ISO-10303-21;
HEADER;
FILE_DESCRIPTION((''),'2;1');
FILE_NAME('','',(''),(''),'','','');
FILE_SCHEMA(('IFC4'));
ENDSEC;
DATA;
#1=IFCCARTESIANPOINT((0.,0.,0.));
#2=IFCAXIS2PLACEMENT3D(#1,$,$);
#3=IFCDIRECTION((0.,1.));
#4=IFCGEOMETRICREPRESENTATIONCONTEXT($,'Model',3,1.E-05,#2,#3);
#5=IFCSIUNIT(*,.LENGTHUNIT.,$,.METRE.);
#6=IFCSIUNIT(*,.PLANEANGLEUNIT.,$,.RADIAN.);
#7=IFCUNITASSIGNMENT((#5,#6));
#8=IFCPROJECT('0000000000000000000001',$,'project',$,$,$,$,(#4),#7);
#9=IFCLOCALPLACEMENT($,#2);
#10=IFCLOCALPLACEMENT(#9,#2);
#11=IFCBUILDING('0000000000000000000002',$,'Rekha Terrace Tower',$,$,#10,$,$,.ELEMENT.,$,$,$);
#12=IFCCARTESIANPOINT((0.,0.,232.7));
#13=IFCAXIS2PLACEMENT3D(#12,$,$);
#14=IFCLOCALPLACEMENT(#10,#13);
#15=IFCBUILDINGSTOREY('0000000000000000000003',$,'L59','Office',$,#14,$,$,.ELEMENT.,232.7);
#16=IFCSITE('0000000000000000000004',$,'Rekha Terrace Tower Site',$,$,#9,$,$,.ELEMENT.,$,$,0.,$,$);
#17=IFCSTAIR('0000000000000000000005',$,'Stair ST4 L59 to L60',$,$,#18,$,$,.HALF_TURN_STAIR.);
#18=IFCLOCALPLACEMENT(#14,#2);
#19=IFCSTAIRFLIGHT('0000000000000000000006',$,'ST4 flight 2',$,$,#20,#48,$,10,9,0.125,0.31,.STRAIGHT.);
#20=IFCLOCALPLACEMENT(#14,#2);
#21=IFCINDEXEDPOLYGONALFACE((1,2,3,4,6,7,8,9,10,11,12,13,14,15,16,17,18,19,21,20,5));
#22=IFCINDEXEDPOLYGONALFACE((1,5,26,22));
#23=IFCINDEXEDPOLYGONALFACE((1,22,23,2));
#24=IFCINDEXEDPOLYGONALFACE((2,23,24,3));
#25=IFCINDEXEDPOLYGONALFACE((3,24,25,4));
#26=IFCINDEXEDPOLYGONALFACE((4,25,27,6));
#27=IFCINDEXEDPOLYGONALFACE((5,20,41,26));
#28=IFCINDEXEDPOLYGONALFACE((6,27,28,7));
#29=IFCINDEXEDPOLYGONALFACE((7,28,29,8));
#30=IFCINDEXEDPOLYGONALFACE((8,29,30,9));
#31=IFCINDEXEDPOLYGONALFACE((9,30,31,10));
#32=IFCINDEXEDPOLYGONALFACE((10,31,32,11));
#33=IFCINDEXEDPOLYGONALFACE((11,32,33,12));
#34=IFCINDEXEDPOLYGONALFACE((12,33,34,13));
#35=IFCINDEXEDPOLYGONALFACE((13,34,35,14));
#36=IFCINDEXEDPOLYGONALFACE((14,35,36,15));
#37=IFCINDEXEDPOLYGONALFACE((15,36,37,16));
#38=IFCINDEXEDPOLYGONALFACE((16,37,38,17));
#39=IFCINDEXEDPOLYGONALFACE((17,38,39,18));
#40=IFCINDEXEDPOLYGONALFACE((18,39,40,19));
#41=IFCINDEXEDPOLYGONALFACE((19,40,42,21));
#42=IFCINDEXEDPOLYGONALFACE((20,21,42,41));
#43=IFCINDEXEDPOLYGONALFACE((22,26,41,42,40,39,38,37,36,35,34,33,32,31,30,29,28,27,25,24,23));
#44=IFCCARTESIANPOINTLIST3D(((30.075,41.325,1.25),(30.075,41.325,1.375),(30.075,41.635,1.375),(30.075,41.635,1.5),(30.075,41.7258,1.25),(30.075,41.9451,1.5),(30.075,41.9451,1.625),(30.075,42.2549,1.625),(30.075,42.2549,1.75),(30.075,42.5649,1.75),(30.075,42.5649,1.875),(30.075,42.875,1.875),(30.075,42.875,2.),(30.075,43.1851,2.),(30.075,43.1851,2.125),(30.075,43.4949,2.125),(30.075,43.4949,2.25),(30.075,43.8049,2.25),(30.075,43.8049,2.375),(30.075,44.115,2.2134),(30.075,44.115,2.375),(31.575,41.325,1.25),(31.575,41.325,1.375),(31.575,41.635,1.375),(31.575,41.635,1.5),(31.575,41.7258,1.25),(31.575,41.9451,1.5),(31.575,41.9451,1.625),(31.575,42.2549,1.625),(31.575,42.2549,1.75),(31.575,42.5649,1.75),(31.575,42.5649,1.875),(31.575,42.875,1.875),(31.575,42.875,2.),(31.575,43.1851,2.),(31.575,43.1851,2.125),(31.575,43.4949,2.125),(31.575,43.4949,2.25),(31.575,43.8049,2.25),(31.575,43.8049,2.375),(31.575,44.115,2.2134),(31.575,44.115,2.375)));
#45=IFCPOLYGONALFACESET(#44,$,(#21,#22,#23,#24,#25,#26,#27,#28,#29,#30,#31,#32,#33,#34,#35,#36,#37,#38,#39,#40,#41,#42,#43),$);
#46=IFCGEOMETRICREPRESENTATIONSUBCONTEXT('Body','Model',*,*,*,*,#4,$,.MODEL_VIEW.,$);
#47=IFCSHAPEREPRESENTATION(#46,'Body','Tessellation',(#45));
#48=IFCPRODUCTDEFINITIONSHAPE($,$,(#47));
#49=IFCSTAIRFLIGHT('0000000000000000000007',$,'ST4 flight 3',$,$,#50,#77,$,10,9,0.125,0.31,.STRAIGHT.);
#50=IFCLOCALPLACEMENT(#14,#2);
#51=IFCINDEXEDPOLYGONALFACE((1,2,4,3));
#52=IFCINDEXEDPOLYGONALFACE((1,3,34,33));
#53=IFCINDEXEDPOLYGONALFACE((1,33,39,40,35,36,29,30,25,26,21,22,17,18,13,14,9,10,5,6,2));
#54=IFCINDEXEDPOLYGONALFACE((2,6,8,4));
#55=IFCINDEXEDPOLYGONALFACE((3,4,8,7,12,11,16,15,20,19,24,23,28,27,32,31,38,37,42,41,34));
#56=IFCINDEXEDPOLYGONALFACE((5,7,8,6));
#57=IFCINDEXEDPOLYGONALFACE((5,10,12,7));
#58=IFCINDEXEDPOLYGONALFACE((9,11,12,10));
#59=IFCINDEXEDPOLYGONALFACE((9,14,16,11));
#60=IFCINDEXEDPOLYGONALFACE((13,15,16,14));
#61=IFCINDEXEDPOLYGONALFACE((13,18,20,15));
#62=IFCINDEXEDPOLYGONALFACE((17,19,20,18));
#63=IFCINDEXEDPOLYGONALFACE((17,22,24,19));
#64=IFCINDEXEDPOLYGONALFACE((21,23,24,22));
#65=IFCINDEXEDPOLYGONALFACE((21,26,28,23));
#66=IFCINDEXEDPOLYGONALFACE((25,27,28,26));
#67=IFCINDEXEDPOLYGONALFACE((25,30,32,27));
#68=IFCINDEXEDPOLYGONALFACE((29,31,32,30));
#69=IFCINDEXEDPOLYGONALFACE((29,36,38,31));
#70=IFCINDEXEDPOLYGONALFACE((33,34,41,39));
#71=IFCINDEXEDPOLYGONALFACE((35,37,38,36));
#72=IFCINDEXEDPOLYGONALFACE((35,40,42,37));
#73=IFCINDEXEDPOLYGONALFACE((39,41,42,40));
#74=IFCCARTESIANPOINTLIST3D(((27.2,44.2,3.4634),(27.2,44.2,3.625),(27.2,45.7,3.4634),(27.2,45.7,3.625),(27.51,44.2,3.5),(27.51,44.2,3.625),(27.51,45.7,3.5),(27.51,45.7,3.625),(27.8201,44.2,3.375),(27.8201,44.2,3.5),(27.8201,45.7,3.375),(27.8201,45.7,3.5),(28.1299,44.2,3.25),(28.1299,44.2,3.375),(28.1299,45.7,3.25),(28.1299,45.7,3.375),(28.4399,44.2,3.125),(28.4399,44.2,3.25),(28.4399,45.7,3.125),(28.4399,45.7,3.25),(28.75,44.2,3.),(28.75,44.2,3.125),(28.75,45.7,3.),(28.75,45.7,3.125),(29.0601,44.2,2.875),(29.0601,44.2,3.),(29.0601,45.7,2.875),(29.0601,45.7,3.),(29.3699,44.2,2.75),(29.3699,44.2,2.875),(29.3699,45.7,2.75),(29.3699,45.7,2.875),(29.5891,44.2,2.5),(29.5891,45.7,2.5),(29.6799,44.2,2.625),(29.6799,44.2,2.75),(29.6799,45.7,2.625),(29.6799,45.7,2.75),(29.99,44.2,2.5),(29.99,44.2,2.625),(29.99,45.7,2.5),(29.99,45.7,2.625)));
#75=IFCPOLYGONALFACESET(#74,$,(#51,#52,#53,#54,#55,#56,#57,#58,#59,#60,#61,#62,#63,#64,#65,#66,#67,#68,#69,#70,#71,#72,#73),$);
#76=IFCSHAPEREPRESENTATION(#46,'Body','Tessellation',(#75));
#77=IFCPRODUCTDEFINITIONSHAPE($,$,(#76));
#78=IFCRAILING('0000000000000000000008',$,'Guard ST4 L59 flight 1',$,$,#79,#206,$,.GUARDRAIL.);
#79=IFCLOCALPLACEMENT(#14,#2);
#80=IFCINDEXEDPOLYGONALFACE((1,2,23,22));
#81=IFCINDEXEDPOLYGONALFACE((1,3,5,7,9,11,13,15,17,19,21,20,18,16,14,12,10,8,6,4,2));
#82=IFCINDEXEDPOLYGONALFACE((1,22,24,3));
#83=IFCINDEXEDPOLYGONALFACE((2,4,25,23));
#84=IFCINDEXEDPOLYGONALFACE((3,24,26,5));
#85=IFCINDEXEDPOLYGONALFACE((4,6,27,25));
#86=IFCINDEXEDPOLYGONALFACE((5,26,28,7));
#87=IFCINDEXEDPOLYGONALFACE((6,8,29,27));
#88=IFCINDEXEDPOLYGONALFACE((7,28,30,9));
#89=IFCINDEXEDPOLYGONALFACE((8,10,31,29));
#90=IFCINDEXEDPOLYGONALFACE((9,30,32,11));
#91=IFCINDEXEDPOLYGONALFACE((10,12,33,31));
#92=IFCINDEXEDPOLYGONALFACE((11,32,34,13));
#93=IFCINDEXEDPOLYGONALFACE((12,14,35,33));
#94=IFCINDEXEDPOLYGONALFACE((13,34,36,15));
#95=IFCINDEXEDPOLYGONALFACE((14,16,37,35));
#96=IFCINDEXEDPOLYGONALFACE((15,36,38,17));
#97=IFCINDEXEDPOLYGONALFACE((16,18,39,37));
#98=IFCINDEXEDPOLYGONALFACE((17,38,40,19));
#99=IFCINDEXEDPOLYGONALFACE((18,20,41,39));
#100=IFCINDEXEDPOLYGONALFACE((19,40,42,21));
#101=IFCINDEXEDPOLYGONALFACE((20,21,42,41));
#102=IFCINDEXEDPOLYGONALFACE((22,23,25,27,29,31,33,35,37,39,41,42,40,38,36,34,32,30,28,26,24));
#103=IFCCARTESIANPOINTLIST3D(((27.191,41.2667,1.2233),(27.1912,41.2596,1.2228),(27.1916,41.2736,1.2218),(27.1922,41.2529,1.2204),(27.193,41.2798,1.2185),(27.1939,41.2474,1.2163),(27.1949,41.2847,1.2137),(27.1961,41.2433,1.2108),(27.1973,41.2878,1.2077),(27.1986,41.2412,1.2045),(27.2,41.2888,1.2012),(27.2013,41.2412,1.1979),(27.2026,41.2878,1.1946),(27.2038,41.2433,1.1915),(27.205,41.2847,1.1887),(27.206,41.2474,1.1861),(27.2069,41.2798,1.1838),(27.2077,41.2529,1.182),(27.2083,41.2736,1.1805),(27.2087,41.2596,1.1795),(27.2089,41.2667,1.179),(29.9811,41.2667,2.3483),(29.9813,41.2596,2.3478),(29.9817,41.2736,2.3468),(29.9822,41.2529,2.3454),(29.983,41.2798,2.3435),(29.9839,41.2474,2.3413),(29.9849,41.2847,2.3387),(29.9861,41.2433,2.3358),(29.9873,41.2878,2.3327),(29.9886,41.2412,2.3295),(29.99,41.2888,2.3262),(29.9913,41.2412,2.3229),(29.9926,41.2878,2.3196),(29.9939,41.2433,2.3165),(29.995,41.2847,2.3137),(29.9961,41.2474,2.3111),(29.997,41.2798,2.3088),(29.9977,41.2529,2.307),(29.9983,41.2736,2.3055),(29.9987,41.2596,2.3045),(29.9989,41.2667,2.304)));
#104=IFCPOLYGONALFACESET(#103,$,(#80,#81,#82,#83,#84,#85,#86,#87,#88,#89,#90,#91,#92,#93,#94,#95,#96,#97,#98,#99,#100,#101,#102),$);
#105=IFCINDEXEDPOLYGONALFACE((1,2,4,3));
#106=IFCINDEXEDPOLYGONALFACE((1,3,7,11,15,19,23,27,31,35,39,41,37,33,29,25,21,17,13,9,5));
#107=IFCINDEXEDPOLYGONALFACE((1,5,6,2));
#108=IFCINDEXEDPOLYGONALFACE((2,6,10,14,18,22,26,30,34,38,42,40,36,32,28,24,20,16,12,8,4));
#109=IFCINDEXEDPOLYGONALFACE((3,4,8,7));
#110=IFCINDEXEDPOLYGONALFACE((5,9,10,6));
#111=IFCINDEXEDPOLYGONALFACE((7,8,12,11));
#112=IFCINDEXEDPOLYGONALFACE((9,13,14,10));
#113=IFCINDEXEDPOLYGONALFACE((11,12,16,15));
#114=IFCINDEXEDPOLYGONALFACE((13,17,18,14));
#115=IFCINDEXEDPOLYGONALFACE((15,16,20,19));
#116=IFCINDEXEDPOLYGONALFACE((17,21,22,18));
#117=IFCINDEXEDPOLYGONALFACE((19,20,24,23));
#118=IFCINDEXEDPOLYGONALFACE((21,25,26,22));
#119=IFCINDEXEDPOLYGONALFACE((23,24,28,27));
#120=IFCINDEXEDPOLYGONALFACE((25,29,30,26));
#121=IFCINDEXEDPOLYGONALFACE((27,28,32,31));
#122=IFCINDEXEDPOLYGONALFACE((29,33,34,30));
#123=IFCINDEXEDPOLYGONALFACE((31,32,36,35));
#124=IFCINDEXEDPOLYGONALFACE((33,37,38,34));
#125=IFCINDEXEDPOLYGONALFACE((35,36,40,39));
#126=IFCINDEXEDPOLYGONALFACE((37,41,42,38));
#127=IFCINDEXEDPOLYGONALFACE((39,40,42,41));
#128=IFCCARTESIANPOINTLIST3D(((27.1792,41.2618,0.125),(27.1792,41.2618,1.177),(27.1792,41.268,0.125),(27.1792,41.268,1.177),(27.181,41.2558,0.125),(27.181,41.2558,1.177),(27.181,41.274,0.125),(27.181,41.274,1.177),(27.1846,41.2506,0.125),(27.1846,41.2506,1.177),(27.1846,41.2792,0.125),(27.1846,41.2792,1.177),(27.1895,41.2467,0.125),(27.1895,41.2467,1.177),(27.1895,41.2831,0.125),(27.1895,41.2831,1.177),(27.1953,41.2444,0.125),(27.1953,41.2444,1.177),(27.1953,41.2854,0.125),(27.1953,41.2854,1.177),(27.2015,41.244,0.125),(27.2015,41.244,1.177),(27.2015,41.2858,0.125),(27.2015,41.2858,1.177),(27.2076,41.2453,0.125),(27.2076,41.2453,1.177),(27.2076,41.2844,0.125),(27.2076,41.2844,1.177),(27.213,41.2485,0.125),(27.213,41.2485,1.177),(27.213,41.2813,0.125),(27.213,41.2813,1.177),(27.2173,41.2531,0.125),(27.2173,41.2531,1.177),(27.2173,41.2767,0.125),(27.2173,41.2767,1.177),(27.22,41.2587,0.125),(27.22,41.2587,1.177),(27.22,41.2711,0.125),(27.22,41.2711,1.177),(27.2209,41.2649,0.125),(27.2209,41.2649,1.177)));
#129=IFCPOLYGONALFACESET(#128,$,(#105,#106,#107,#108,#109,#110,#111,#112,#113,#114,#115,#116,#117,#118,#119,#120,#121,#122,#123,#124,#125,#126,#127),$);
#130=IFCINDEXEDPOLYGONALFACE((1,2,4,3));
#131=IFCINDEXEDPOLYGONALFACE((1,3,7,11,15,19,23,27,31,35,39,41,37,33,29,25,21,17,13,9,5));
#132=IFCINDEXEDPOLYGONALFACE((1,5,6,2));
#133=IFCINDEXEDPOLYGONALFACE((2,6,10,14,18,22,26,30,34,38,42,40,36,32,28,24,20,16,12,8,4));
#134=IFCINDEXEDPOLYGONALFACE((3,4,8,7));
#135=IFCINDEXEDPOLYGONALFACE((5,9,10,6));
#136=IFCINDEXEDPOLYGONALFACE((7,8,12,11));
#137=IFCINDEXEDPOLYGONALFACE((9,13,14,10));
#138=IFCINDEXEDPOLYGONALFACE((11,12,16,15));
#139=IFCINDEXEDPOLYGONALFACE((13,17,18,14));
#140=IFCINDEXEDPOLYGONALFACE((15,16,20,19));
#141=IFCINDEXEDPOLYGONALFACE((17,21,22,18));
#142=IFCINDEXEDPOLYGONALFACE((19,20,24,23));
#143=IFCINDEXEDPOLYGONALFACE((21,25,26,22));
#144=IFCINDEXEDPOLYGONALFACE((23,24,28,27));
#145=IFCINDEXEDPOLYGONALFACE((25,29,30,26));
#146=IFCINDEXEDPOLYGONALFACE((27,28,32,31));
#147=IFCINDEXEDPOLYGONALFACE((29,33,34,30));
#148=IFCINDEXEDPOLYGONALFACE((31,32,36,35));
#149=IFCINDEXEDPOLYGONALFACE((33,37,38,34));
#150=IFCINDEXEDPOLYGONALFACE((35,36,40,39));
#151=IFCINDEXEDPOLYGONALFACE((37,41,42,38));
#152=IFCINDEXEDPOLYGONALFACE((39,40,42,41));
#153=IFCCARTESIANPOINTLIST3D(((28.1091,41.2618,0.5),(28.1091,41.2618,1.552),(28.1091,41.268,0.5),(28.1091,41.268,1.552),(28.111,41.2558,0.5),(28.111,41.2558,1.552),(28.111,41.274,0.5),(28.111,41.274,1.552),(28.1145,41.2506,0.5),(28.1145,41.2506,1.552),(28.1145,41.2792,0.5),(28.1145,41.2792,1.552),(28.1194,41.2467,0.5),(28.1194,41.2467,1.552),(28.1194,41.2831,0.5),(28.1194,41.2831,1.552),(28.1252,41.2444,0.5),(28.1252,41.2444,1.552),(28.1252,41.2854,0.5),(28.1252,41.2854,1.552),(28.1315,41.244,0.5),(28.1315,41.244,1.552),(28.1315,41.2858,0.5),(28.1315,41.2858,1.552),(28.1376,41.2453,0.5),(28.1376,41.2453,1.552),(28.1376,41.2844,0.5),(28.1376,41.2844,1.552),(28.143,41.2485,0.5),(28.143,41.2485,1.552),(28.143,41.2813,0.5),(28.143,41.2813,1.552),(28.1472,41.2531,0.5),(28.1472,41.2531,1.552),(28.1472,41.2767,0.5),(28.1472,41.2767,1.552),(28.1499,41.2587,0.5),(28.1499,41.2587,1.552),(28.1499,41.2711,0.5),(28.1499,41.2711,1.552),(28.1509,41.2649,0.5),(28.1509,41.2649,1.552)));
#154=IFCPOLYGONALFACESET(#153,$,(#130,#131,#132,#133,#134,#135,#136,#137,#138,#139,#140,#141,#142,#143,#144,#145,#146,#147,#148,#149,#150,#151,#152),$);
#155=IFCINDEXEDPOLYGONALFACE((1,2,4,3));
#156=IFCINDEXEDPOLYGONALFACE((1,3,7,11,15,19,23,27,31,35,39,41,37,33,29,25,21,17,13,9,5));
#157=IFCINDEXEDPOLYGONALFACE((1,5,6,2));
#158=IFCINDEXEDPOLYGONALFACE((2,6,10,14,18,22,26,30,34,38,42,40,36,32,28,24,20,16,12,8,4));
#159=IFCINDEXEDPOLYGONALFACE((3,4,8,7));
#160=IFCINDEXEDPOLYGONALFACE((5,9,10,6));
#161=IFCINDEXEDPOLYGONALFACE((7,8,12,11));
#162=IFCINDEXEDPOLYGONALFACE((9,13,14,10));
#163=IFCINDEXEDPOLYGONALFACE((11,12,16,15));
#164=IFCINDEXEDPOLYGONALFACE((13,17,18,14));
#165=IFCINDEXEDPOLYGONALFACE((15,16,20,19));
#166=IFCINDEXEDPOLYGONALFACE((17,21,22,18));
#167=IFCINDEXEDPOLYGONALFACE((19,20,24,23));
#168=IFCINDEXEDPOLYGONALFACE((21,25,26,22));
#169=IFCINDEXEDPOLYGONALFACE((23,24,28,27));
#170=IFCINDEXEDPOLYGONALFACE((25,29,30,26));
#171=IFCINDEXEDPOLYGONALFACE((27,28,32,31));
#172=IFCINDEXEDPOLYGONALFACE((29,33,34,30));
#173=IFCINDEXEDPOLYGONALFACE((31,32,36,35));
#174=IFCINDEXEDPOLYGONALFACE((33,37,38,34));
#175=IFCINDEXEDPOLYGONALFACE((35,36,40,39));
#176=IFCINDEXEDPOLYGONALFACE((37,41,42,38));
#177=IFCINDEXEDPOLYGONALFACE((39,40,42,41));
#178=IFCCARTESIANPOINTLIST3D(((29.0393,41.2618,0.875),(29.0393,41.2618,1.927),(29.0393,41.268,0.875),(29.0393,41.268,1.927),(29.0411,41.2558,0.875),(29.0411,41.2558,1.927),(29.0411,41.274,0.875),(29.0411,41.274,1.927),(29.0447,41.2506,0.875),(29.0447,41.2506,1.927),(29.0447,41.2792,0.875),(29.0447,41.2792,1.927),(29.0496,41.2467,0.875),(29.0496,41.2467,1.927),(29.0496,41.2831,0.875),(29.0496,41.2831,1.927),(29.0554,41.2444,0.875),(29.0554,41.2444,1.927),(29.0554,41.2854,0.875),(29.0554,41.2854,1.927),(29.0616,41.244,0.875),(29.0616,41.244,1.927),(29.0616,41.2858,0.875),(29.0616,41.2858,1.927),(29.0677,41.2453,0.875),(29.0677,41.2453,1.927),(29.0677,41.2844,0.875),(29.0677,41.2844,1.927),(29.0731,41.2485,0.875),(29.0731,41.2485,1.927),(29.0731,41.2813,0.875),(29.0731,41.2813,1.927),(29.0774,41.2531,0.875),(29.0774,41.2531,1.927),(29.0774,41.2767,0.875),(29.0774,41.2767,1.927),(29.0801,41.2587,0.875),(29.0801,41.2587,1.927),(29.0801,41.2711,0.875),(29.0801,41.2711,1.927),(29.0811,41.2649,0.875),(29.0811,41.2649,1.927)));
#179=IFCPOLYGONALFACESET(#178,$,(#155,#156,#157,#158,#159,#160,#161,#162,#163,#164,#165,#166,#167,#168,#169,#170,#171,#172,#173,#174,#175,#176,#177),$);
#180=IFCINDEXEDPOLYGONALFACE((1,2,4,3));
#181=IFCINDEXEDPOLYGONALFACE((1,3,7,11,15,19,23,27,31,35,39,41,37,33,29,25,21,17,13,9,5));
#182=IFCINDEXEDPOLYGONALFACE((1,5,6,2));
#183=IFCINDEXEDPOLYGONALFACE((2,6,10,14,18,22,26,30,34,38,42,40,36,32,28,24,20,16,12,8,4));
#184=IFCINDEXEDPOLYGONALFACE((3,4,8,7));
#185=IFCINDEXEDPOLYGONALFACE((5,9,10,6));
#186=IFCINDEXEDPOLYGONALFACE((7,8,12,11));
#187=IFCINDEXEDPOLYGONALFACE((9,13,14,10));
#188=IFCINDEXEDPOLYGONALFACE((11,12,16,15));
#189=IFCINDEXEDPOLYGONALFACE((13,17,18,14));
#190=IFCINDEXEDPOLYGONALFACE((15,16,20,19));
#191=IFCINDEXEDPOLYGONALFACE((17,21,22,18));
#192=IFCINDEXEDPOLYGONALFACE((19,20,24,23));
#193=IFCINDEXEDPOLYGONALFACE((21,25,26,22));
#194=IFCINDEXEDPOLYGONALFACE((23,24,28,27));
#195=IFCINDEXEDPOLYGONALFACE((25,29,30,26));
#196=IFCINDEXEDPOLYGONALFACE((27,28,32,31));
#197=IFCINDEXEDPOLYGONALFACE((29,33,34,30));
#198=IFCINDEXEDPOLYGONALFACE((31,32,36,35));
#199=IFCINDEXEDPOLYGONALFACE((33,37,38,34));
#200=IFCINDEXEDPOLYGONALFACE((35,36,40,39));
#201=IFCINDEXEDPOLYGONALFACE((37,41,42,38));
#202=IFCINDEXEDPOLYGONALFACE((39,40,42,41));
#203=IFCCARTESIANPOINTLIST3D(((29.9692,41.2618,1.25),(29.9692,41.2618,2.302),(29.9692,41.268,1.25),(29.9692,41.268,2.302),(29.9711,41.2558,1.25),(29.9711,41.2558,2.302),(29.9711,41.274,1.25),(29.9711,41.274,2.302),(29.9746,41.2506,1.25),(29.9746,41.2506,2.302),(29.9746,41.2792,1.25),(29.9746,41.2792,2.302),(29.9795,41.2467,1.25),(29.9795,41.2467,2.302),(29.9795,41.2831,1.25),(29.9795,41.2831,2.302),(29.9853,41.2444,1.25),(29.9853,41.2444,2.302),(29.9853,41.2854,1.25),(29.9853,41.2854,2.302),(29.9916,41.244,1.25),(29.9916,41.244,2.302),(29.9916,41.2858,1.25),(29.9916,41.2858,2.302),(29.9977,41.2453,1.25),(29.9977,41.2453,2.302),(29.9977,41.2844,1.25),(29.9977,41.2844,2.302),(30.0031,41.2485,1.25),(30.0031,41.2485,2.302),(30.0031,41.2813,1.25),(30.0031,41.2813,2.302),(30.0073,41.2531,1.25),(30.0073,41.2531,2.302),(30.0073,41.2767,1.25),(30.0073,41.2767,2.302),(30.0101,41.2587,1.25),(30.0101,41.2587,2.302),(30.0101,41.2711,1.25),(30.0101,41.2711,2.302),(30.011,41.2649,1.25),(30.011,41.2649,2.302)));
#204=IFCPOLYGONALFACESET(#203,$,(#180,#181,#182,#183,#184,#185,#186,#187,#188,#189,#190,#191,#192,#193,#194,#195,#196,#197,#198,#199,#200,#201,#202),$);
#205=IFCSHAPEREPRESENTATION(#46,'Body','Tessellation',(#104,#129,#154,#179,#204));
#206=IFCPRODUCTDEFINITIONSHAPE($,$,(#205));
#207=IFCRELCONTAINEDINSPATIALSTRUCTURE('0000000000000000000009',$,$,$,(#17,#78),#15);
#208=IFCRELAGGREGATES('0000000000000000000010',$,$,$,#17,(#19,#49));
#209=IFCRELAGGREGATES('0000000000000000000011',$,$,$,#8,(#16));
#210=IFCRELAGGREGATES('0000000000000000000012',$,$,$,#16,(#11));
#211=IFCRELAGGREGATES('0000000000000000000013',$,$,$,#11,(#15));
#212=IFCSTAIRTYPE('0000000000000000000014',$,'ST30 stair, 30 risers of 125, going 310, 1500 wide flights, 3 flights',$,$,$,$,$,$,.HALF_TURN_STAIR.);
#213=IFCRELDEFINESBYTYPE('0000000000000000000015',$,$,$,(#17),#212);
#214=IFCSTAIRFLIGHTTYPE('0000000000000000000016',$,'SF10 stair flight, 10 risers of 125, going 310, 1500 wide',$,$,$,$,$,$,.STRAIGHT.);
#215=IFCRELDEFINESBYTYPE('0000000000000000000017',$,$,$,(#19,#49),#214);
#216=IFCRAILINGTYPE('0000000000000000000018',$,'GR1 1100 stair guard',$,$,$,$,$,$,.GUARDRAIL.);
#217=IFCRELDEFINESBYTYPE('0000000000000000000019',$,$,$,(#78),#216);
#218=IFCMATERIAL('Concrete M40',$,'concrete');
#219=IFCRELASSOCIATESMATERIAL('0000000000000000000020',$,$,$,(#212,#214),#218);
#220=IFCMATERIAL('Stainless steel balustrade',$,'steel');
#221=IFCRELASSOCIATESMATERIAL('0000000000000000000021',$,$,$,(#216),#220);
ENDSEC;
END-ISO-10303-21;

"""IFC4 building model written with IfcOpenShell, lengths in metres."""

from ifc_helpers import new_model, si_unit, direction, frame, origin, origin_2d, place, context, subcontext, project, spatial, polyline, circle, outline, extrude, material, type_object, element, aggregate, save


model = new_model("IFC4")

# Units and contexts
model_context = context("Model", 3, precision=1e-05, world=origin(), true_north=direction((0.0, 1.0)))
body_context = subcontext(model_context, "Body", "Model", "MODEL_VIEW")
ifc_project = project(units=[si_unit("LENGTHUNIT", "METRE"), si_unit("PLANEANGLEUNIT", "RADIAN")], contexts=[model_context])

# Site, building, storey
site_placement = place(None, origin())
site = spatial("IfcSite", under=ifc_project, at=site_placement, Name="Rekha Terrace Tower Site", CompositionType="ELEMENT", RefElevation=0.0)
building_placement = place(site_placement, origin())
building = spatial("IfcBuilding", under=site, at=building_placement, Name="Rekha Terrace Tower", CompositionType="ELEMENT")
storey_placement = place(building_placement, frame((0.0, 0.0, 232.7)))
storey = spatial("IfcBuildingStorey", under=building, at=storey_placement, Name="L59", Description="Office", CompositionType="ELEMENT", Elevation=232.7)

# Stair, stair flights
ifc_material_1 = material(Name="Concrete M40", Category="concrete")
stair_type = type_object("IfcStairType", Name="ST30 stair, 30 risers of 125, going 310, 1500 wide flights, 3 flights", PredefinedType="HALF_TURN_STAIR", material=ifc_material_1)
stair_placement = place(storey_placement, origin())
stair = element("IfcStair", 1, at=stair_placement, inside=storey, type_object=stair_type, Name="Stair ST4 L59 to L60", PredefinedType="HALF_TURN_STAIR")
stair_flight_type = type_object("IfcStairFlightType", Name="SF10 stair flight, 10 risers of 125, going 310, 1500 wide", PredefinedType="STRAIGHT", material=ifc_material_1)
stair_flight_1_placement = place(storey_placement, frame((30.825, 41.325, 1.25), z_axis=(0.0, 0.0, 1.0), x_axis=(0.0, 1.0, 0.0)))
stair_flight_1 = element("IfcStairFlight", 2, at=stair_flight_1_placement, type_object=stair_flight_type, Name="ST4 flight 2", NumberOfRisers=10, NumberOfTreads=9, PredefinedType="STRAIGHT", RiserHeight=0.125, TreadLength=0.31, context=body_context, shape_type="SweptSolid", body=[
    extrude(outline(polyline([(0.0, 0.0), (0.0, 0.125), (0.3101, 0.125), (0.3101, 0.25), (0.6201, 0.25), (0.6201, 0.375), (0.9299, 0.375), (0.9299, 0.5), (1.24, 0.5), (1.24, 0.625), (1.55, 0.625), (1.55, 0.75), (1.8601, 0.75), (1.8601, 0.875), (2.1699, 0.875), (2.1699, 1.0), (2.48, 1.0), (2.48, 1.125), (2.79, 1.125), (2.79, 1.25), (2.79, 0.9634), (0.4009, 0.0), (0.0, 0.0)])), frame((0.0, 0.75, 0.0), z_axis=(0.0, -1.0, 0.0), x_axis=(1.0, 0.0, 0.0)), (0.0, 0.0, 1.0), 1.5),
])
stair_flight_2_placement = place(storey_placement, frame((29.99, 44.95, 2.5), z_axis=(0.0, 0.0, 1.0), x_axis=(-1.0, 0.0, 0.0)))
stair_flight_2 = element("IfcStairFlight", 3, at=stair_flight_2_placement, type_object=stair_flight_type, Name="ST4 flight 3", NumberOfRisers=10, NumberOfTreads=9, PredefinedType="STRAIGHT", RiserHeight=0.125, TreadLength=0.31, context=body_context, shape_type="SweptSolid", body=[
    extrude(outline(polyline([(0.0, 0.0), (0.0, 0.125), (0.3101, 0.125), (0.3101, 0.25), (0.6201, 0.25), (0.6201, 0.375), (0.9299, 0.375), (0.9299, 0.5), (1.24, 0.5), (1.24, 0.625), (1.55, 0.625), (1.55, 0.75), (1.8601, 0.75), (1.8601, 0.875), (2.1699, 0.875), (2.1699, 1.0), (2.48, 1.0), (2.48, 1.125), (2.79, 1.125), (2.79, 1.25), (2.79, 0.9634), (0.4009, 0.0), (0.0, 0.0)])), frame((0.0, 0.75, 0.0), z_axis=(0.0, -1.0, 0.0), x_axis=(1.0, 0.0, 0.0)), (0.0, 0.0, 1.0), 1.5),
])
aggregate(stair, [stair_flight_1, stair_flight_2])

# Railing
ifc_material_2 = material(Name="Stainless steel balustrade", Category="steel")
railing_type_1 = type_object("IfcRailingType", Name="GR1 1100 stair guard", PredefinedType="GUARDRAIL", material=ifc_material_2)
railing_1_placement = place(storey_placement, frame((27.2, 41.2649, 0.125)))
element("IfcRailing", 4, at=railing_1_placement, inside=storey, type_object=railing_type_1, Name="Guard ST4 L59 flight 1", PredefinedType="GUARDRAIL", context=body_context, shape_type="SweptSolid", body=[
    extrude(circle(Radius=0.0239, at=origin_2d()), frame((0.0, 0.0, 1.0762), z_axis=(0.927443, 0.0, 0.373964), x_axis=(0.0, 1.0, 0.0)), (0.0, 0.0, 1.0), 3.0083),
    extrude(circle(Radius=0.021, at=origin_2d()), origin(), (0.0, 0.0, 1.0), 1.052),
    extrude(circle(Radius=0.021, at=origin_2d()), frame((0.9299, 0.0, 0.375)), (0.0, 0.0, 1.0), 1.052),
    extrude(circle(Radius=0.021, at=origin_2d()), frame((1.8601, 0.0, 0.75)), (0.0, 0.0, 1.0), 1.052),
    extrude(circle(Radius=0.021, at=origin_2d()), frame((2.79, 0.0, 1.125)), (0.0, 0.0, 1.0), 1.052),
])

save(model, "model.ifc")
